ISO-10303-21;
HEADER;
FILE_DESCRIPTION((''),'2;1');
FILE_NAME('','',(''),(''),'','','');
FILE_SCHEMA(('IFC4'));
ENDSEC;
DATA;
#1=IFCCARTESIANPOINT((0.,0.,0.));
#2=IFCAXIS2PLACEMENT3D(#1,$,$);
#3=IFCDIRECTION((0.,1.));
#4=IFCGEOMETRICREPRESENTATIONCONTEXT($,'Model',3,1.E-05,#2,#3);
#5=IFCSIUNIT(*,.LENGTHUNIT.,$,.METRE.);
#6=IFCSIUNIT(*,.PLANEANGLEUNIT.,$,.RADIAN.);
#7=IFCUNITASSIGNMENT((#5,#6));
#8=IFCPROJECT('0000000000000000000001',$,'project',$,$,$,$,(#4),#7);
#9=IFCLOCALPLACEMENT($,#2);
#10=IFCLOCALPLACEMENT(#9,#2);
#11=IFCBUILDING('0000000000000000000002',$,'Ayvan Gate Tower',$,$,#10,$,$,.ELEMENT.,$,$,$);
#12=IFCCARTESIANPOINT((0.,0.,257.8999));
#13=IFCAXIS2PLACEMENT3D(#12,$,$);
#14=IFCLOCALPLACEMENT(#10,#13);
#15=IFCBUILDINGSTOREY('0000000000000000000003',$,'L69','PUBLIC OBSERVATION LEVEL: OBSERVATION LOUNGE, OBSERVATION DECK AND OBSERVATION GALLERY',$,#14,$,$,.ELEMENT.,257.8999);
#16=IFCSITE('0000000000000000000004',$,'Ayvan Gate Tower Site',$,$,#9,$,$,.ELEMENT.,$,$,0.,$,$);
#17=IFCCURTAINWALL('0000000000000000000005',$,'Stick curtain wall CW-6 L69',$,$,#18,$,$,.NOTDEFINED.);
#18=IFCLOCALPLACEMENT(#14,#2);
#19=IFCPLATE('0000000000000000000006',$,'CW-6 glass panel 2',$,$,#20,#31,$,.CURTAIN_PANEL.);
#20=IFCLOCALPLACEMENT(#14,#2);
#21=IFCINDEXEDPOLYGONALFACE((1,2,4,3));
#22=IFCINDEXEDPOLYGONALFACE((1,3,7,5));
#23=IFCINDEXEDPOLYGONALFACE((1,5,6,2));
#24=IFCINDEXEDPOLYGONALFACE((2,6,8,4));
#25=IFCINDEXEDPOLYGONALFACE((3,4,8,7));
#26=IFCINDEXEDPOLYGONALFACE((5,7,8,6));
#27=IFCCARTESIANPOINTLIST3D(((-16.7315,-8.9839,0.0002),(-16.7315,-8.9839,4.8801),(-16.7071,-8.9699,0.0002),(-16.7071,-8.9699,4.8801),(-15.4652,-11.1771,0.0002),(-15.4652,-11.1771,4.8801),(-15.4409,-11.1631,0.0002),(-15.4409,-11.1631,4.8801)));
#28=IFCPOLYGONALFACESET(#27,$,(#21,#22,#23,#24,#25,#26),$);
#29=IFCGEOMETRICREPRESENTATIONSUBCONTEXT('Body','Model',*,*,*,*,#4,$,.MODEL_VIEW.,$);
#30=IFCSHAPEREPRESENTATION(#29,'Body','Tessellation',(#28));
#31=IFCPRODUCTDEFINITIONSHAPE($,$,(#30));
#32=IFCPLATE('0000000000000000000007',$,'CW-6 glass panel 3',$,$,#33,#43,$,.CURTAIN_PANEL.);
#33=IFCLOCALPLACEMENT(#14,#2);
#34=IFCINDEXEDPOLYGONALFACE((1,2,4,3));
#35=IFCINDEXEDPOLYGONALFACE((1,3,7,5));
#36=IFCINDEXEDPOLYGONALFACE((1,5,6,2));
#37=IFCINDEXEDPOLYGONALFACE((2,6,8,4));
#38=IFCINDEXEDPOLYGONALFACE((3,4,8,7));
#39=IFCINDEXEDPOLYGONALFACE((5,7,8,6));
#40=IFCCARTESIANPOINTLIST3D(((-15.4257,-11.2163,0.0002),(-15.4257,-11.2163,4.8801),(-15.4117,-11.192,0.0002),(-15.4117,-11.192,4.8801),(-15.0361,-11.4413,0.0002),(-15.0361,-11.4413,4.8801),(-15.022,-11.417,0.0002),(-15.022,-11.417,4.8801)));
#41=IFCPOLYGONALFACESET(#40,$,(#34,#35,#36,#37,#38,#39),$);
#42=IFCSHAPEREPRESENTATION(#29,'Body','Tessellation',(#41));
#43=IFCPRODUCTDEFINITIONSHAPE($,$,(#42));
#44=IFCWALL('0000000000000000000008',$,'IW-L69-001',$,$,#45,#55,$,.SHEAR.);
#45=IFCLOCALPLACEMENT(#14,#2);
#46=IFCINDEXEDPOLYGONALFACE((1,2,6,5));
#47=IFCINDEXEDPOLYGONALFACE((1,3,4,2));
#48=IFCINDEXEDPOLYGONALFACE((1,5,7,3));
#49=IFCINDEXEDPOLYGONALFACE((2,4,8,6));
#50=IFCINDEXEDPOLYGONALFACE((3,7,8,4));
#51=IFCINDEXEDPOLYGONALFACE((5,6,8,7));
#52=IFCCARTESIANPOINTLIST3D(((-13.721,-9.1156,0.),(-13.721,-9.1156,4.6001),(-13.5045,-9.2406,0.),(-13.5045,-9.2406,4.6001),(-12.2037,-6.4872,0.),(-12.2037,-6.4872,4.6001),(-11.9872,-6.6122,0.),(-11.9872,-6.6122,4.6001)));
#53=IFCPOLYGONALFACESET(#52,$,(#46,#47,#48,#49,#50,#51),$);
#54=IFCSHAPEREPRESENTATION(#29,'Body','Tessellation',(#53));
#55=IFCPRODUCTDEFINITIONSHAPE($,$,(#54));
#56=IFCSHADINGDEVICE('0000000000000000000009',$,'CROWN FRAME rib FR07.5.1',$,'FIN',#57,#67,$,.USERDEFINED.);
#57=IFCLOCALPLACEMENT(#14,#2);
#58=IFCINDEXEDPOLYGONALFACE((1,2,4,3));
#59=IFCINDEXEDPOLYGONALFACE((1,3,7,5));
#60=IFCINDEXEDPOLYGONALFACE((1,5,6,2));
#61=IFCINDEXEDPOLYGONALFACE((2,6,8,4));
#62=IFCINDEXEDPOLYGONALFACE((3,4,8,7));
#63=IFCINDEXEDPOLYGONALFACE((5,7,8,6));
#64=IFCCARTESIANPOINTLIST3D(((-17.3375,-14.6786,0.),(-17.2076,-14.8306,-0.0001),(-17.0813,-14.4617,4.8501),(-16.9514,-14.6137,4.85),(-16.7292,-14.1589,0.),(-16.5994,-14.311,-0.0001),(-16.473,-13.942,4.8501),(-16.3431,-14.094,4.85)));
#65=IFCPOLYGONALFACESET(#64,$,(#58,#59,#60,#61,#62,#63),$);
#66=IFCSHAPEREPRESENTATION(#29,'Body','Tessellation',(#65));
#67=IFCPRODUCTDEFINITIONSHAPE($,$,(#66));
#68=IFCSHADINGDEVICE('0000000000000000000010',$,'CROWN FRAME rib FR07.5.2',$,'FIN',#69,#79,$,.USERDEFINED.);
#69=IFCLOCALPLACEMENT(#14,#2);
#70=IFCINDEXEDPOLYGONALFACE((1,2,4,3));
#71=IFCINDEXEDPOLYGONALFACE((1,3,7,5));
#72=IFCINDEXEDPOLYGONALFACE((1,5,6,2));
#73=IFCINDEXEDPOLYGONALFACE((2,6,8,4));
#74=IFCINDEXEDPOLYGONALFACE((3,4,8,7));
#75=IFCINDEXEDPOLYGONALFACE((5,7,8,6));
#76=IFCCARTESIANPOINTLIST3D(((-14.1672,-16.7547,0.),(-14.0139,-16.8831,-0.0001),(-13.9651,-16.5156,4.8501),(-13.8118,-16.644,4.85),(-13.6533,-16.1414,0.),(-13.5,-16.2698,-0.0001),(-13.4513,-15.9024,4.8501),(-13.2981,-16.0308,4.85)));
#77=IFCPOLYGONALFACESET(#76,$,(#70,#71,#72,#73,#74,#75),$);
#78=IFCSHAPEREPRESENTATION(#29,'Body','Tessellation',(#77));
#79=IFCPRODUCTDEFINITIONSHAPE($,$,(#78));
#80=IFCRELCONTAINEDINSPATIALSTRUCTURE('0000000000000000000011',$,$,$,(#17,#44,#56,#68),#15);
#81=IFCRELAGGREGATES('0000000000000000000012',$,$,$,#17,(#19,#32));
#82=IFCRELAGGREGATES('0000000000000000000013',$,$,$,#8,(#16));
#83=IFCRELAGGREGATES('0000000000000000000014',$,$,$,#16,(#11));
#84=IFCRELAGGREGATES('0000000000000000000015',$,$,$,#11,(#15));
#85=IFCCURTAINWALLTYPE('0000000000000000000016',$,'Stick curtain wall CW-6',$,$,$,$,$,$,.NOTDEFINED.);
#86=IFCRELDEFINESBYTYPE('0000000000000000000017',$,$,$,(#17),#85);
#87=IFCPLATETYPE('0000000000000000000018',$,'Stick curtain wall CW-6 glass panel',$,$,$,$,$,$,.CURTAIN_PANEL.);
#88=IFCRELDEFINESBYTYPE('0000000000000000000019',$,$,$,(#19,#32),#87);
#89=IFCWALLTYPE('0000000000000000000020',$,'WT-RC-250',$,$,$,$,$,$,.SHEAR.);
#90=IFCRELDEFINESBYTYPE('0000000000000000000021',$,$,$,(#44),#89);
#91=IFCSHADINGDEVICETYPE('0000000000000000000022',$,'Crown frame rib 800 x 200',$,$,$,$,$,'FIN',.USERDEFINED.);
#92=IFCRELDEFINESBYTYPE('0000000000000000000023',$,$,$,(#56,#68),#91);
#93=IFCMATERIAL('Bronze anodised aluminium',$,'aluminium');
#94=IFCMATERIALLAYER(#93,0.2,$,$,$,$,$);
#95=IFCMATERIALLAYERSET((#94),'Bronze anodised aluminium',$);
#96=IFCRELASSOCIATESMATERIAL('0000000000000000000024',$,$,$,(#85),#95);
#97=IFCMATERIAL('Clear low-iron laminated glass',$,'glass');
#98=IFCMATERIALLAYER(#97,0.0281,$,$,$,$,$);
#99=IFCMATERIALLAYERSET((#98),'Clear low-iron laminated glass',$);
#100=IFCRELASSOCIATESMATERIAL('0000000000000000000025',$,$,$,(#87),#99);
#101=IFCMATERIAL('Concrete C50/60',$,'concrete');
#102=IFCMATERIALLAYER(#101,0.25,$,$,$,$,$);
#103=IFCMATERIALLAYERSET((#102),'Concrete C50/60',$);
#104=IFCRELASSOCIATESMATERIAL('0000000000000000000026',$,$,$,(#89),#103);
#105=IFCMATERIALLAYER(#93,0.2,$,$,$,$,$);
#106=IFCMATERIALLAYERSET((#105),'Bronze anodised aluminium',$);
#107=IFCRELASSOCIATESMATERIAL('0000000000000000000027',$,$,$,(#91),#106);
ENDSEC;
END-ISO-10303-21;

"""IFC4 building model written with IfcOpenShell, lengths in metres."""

from ifc_helpers import new_model, si_unit, direction, frame, frame_2d, origin, origin_2d, place, context, subcontext, project, spatial, polyline, rectangle, outline, extrude, material, layer, layer_set, type_object, element, aggregate, save


model = new_model("IFC4")

# Units and contexts
model_context = context("Model", 3, precision=1e-05, world=origin(), true_north=direction((0.0, 1.0)))
body_context = subcontext(model_context, "Body", "Model", "MODEL_VIEW")
ifc_project = project(units=[si_unit("LENGTHUNIT", "METRE"), si_unit("PLANEANGLEUNIT", "RADIAN")], contexts=[model_context])

# Site, building, storey
site_placement = place(None, origin())
site = spatial("IfcSite", under=ifc_project, at=site_placement, Name="Ayvan Gate Tower Site", CompositionType="ELEMENT", RefElevation=0.0)
building_placement = place(site_placement, origin())
building = spatial("IfcBuilding", under=site, at=building_placement, Name="Ayvan Gate Tower", CompositionType="ELEMENT")
storey_placement = place(building_placement, frame((0.0, 0.0, 257.8999)))
storey = spatial("IfcBuildingStorey", under=building, at=storey_placement, Name="L69", Description="PUBLIC OBSERVATION LEVEL: OBSERVATION LOUNGE, OBSERVATION DECK AND OBSERVATION GALLERY", CompositionType="ELEMENT", Elevation=257.8999)

# Shared definitions
ifc_material_1 = material(Name="Concrete C50/60", Category="concrete")

# Curtain wall
ifc_material_2 = material(Name="Bronze anodised aluminium", Category="aluminium")
ifc_layer_1 = layer(ifc_material_2, 0.2)
ifc_layer_set_1 = layer_set([ifc_layer_1], Name="Bronze anodised aluminium")
curtain_wall_type_1 = type_object("IfcCurtainWallType", Name="Stick curtain wall CW-6", PredefinedType="NOTDEFINED", material=ifc_layer_set_1)
curtain_wall_1_placement = place(storey_placement, origin())
curtain_wall_1 = element("IfcCurtainWall", 1, at=curtain_wall_1_placement, inside=storey, type_object=curtain_wall_type_1, Name="Stick curtain wall CW-6 L69", PredefinedType="NOTDEFINED")

# Plates
ifc_material_3 = material(Name="Clear low-iron laminated glass", Category="glass")
ifc_layer_2 = layer(ifc_material_3, 0.0281)
ifc_layer_set_2 = layer_set([ifc_layer_2], Name="Clear low-iron laminated glass")
plate_type_1 = type_object("IfcPlateType", Name="Stick curtain wall CW-6 glass panel", PredefinedType="CURTAIN_PANEL", material=ifc_layer_set_2)
plate_1_placement = place(storey_placement, frame((-16.0862, -10.0735, 0.0002), z_axis=(0.0, 0.0, 1.0), x_axis=(0.5, -0.866025, 0.0)))
plate_1 = element("IfcPlate", 2, at=plate_1_placement, type_object=plate_type_1, Name="CW-6 glass panel 2", PredefinedType="CURTAIN_PANEL", context=body_context, shape_type="SweptSolid", body=[
    extrude(rectangle(XDim=2.5325, YDim=0.0281, at=origin_2d()), origin(), (0.0, 0.0, 1.0), 4.8799),
])
plate_2_placement = place(storey_placement, frame((-15.2239, -11.3167, 0.0002), z_axis=(0.0, 0.0, 1.0), x_axis=(0.866025, -0.5, 0.0)))
plate_2 = element("IfcPlate", 3, at=plate_2_placement, type_object=plate_type_1, Name="CW-6 glass panel 3", PredefinedType="CURTAIN_PANEL", context=body_context, shape_type="SweptSolid", body=[
    extrude(rectangle(XDim=0.45, YDim=0.0281, at=origin_2d()), origin(), (0.0, 0.0, 1.0), 4.8799),
])
aggregate(curtain_wall_1, [plate_1, plate_2])

# Wall
ifc_layer_3 = layer(ifc_material_1, 0.25)
ifc_layer_set_3 = layer_set([ifc_layer_3], Name="Concrete C50/60")
wall_type = type_object("IfcWallType", Name="WT-RC-250", PredefinedType="SHEAR", material=ifc_layer_set_3)
wall_placement = place(storey_placement, frame((-13.6128, -9.1782, 0.0), z_axis=(0.0, 0.0, 1.0), x_axis=(0.499955, 0.866052, 0.0)))
element("IfcWall", 4, at=wall_placement, inside=storey, type_object=wall_type, Name="IW-L69-001", PredefinedType="SHEAR", context=body_context, shape_type="SweptSolid", body=[
    extrude(rectangle(XDim=3.0349, YDim=0.25, at=frame_2d((1.5176, 0.0))), origin(), (0.0, 0.0, 1.0), 4.6001),
])

# Shading devices
ifc_layer_4 = layer(ifc_material_2, 0.2)
ifc_layer_set_4 = layer_set([ifc_layer_4], Name="Bronze anodised aluminium")
shading_device_type = type_object("IfcShadingDeviceType", Name="Crown frame rib 800 x 200", ElementType="FIN", PredefinedType="USERDEFINED", material=ifc_layer_set_4)
shading_device_1_placement = place(storey_placement, frame((-16.7292, -14.1589, 0.0), z_axis=(-0.649546, 0.760322, 0.00031), x_axis=(-0.760322, -0.649546, 0.0)))
element("IfcShadingDevice", 5, at=shading_device_1_placement, inside=storey, type_object=shading_device_type, Name="CROWN FRAME rib FR07.5.1", ObjectType="FIN", PredefinedType="USERDEFINED", context=body_context, shape_type="SweptSolid", body=[
    extrude(outline(polyline([(0.0, 0.0), (0.8, 0.0), (0.4643, 4.8501), (-0.3357, 4.8501), (0.0, 0.0)])), origin(), (0.0, 0.0, -1.0), 0.2),
])
shading_device_2_placement = place(storey_placement, frame((-13.6533, -16.1414, 0.0), z_axis=(-0.766543, 0.642193, 0.000282), x_axis=(-0.642193, -0.766543, 0.0)))
element("IfcShadingDevice", 6, at=shading_device_2_placement, inside=storey, type_object=shading_device_type, Name="CROWN FRAME rib FR07.5.2", ObjectType="FIN", PredefinedType="USERDEFINED", context=body_context, shape_type="SweptSolid", body=[
    extrude(outline(polyline([(0.0, 0.0), (0.8001, 0.0), (0.4871, 4.8501), (-0.3129, 4.8501), (0.0, 0.0)])), origin(), (0.0, 0.0, -1.0), 0.2),
])

save(model, "model.ifc")
